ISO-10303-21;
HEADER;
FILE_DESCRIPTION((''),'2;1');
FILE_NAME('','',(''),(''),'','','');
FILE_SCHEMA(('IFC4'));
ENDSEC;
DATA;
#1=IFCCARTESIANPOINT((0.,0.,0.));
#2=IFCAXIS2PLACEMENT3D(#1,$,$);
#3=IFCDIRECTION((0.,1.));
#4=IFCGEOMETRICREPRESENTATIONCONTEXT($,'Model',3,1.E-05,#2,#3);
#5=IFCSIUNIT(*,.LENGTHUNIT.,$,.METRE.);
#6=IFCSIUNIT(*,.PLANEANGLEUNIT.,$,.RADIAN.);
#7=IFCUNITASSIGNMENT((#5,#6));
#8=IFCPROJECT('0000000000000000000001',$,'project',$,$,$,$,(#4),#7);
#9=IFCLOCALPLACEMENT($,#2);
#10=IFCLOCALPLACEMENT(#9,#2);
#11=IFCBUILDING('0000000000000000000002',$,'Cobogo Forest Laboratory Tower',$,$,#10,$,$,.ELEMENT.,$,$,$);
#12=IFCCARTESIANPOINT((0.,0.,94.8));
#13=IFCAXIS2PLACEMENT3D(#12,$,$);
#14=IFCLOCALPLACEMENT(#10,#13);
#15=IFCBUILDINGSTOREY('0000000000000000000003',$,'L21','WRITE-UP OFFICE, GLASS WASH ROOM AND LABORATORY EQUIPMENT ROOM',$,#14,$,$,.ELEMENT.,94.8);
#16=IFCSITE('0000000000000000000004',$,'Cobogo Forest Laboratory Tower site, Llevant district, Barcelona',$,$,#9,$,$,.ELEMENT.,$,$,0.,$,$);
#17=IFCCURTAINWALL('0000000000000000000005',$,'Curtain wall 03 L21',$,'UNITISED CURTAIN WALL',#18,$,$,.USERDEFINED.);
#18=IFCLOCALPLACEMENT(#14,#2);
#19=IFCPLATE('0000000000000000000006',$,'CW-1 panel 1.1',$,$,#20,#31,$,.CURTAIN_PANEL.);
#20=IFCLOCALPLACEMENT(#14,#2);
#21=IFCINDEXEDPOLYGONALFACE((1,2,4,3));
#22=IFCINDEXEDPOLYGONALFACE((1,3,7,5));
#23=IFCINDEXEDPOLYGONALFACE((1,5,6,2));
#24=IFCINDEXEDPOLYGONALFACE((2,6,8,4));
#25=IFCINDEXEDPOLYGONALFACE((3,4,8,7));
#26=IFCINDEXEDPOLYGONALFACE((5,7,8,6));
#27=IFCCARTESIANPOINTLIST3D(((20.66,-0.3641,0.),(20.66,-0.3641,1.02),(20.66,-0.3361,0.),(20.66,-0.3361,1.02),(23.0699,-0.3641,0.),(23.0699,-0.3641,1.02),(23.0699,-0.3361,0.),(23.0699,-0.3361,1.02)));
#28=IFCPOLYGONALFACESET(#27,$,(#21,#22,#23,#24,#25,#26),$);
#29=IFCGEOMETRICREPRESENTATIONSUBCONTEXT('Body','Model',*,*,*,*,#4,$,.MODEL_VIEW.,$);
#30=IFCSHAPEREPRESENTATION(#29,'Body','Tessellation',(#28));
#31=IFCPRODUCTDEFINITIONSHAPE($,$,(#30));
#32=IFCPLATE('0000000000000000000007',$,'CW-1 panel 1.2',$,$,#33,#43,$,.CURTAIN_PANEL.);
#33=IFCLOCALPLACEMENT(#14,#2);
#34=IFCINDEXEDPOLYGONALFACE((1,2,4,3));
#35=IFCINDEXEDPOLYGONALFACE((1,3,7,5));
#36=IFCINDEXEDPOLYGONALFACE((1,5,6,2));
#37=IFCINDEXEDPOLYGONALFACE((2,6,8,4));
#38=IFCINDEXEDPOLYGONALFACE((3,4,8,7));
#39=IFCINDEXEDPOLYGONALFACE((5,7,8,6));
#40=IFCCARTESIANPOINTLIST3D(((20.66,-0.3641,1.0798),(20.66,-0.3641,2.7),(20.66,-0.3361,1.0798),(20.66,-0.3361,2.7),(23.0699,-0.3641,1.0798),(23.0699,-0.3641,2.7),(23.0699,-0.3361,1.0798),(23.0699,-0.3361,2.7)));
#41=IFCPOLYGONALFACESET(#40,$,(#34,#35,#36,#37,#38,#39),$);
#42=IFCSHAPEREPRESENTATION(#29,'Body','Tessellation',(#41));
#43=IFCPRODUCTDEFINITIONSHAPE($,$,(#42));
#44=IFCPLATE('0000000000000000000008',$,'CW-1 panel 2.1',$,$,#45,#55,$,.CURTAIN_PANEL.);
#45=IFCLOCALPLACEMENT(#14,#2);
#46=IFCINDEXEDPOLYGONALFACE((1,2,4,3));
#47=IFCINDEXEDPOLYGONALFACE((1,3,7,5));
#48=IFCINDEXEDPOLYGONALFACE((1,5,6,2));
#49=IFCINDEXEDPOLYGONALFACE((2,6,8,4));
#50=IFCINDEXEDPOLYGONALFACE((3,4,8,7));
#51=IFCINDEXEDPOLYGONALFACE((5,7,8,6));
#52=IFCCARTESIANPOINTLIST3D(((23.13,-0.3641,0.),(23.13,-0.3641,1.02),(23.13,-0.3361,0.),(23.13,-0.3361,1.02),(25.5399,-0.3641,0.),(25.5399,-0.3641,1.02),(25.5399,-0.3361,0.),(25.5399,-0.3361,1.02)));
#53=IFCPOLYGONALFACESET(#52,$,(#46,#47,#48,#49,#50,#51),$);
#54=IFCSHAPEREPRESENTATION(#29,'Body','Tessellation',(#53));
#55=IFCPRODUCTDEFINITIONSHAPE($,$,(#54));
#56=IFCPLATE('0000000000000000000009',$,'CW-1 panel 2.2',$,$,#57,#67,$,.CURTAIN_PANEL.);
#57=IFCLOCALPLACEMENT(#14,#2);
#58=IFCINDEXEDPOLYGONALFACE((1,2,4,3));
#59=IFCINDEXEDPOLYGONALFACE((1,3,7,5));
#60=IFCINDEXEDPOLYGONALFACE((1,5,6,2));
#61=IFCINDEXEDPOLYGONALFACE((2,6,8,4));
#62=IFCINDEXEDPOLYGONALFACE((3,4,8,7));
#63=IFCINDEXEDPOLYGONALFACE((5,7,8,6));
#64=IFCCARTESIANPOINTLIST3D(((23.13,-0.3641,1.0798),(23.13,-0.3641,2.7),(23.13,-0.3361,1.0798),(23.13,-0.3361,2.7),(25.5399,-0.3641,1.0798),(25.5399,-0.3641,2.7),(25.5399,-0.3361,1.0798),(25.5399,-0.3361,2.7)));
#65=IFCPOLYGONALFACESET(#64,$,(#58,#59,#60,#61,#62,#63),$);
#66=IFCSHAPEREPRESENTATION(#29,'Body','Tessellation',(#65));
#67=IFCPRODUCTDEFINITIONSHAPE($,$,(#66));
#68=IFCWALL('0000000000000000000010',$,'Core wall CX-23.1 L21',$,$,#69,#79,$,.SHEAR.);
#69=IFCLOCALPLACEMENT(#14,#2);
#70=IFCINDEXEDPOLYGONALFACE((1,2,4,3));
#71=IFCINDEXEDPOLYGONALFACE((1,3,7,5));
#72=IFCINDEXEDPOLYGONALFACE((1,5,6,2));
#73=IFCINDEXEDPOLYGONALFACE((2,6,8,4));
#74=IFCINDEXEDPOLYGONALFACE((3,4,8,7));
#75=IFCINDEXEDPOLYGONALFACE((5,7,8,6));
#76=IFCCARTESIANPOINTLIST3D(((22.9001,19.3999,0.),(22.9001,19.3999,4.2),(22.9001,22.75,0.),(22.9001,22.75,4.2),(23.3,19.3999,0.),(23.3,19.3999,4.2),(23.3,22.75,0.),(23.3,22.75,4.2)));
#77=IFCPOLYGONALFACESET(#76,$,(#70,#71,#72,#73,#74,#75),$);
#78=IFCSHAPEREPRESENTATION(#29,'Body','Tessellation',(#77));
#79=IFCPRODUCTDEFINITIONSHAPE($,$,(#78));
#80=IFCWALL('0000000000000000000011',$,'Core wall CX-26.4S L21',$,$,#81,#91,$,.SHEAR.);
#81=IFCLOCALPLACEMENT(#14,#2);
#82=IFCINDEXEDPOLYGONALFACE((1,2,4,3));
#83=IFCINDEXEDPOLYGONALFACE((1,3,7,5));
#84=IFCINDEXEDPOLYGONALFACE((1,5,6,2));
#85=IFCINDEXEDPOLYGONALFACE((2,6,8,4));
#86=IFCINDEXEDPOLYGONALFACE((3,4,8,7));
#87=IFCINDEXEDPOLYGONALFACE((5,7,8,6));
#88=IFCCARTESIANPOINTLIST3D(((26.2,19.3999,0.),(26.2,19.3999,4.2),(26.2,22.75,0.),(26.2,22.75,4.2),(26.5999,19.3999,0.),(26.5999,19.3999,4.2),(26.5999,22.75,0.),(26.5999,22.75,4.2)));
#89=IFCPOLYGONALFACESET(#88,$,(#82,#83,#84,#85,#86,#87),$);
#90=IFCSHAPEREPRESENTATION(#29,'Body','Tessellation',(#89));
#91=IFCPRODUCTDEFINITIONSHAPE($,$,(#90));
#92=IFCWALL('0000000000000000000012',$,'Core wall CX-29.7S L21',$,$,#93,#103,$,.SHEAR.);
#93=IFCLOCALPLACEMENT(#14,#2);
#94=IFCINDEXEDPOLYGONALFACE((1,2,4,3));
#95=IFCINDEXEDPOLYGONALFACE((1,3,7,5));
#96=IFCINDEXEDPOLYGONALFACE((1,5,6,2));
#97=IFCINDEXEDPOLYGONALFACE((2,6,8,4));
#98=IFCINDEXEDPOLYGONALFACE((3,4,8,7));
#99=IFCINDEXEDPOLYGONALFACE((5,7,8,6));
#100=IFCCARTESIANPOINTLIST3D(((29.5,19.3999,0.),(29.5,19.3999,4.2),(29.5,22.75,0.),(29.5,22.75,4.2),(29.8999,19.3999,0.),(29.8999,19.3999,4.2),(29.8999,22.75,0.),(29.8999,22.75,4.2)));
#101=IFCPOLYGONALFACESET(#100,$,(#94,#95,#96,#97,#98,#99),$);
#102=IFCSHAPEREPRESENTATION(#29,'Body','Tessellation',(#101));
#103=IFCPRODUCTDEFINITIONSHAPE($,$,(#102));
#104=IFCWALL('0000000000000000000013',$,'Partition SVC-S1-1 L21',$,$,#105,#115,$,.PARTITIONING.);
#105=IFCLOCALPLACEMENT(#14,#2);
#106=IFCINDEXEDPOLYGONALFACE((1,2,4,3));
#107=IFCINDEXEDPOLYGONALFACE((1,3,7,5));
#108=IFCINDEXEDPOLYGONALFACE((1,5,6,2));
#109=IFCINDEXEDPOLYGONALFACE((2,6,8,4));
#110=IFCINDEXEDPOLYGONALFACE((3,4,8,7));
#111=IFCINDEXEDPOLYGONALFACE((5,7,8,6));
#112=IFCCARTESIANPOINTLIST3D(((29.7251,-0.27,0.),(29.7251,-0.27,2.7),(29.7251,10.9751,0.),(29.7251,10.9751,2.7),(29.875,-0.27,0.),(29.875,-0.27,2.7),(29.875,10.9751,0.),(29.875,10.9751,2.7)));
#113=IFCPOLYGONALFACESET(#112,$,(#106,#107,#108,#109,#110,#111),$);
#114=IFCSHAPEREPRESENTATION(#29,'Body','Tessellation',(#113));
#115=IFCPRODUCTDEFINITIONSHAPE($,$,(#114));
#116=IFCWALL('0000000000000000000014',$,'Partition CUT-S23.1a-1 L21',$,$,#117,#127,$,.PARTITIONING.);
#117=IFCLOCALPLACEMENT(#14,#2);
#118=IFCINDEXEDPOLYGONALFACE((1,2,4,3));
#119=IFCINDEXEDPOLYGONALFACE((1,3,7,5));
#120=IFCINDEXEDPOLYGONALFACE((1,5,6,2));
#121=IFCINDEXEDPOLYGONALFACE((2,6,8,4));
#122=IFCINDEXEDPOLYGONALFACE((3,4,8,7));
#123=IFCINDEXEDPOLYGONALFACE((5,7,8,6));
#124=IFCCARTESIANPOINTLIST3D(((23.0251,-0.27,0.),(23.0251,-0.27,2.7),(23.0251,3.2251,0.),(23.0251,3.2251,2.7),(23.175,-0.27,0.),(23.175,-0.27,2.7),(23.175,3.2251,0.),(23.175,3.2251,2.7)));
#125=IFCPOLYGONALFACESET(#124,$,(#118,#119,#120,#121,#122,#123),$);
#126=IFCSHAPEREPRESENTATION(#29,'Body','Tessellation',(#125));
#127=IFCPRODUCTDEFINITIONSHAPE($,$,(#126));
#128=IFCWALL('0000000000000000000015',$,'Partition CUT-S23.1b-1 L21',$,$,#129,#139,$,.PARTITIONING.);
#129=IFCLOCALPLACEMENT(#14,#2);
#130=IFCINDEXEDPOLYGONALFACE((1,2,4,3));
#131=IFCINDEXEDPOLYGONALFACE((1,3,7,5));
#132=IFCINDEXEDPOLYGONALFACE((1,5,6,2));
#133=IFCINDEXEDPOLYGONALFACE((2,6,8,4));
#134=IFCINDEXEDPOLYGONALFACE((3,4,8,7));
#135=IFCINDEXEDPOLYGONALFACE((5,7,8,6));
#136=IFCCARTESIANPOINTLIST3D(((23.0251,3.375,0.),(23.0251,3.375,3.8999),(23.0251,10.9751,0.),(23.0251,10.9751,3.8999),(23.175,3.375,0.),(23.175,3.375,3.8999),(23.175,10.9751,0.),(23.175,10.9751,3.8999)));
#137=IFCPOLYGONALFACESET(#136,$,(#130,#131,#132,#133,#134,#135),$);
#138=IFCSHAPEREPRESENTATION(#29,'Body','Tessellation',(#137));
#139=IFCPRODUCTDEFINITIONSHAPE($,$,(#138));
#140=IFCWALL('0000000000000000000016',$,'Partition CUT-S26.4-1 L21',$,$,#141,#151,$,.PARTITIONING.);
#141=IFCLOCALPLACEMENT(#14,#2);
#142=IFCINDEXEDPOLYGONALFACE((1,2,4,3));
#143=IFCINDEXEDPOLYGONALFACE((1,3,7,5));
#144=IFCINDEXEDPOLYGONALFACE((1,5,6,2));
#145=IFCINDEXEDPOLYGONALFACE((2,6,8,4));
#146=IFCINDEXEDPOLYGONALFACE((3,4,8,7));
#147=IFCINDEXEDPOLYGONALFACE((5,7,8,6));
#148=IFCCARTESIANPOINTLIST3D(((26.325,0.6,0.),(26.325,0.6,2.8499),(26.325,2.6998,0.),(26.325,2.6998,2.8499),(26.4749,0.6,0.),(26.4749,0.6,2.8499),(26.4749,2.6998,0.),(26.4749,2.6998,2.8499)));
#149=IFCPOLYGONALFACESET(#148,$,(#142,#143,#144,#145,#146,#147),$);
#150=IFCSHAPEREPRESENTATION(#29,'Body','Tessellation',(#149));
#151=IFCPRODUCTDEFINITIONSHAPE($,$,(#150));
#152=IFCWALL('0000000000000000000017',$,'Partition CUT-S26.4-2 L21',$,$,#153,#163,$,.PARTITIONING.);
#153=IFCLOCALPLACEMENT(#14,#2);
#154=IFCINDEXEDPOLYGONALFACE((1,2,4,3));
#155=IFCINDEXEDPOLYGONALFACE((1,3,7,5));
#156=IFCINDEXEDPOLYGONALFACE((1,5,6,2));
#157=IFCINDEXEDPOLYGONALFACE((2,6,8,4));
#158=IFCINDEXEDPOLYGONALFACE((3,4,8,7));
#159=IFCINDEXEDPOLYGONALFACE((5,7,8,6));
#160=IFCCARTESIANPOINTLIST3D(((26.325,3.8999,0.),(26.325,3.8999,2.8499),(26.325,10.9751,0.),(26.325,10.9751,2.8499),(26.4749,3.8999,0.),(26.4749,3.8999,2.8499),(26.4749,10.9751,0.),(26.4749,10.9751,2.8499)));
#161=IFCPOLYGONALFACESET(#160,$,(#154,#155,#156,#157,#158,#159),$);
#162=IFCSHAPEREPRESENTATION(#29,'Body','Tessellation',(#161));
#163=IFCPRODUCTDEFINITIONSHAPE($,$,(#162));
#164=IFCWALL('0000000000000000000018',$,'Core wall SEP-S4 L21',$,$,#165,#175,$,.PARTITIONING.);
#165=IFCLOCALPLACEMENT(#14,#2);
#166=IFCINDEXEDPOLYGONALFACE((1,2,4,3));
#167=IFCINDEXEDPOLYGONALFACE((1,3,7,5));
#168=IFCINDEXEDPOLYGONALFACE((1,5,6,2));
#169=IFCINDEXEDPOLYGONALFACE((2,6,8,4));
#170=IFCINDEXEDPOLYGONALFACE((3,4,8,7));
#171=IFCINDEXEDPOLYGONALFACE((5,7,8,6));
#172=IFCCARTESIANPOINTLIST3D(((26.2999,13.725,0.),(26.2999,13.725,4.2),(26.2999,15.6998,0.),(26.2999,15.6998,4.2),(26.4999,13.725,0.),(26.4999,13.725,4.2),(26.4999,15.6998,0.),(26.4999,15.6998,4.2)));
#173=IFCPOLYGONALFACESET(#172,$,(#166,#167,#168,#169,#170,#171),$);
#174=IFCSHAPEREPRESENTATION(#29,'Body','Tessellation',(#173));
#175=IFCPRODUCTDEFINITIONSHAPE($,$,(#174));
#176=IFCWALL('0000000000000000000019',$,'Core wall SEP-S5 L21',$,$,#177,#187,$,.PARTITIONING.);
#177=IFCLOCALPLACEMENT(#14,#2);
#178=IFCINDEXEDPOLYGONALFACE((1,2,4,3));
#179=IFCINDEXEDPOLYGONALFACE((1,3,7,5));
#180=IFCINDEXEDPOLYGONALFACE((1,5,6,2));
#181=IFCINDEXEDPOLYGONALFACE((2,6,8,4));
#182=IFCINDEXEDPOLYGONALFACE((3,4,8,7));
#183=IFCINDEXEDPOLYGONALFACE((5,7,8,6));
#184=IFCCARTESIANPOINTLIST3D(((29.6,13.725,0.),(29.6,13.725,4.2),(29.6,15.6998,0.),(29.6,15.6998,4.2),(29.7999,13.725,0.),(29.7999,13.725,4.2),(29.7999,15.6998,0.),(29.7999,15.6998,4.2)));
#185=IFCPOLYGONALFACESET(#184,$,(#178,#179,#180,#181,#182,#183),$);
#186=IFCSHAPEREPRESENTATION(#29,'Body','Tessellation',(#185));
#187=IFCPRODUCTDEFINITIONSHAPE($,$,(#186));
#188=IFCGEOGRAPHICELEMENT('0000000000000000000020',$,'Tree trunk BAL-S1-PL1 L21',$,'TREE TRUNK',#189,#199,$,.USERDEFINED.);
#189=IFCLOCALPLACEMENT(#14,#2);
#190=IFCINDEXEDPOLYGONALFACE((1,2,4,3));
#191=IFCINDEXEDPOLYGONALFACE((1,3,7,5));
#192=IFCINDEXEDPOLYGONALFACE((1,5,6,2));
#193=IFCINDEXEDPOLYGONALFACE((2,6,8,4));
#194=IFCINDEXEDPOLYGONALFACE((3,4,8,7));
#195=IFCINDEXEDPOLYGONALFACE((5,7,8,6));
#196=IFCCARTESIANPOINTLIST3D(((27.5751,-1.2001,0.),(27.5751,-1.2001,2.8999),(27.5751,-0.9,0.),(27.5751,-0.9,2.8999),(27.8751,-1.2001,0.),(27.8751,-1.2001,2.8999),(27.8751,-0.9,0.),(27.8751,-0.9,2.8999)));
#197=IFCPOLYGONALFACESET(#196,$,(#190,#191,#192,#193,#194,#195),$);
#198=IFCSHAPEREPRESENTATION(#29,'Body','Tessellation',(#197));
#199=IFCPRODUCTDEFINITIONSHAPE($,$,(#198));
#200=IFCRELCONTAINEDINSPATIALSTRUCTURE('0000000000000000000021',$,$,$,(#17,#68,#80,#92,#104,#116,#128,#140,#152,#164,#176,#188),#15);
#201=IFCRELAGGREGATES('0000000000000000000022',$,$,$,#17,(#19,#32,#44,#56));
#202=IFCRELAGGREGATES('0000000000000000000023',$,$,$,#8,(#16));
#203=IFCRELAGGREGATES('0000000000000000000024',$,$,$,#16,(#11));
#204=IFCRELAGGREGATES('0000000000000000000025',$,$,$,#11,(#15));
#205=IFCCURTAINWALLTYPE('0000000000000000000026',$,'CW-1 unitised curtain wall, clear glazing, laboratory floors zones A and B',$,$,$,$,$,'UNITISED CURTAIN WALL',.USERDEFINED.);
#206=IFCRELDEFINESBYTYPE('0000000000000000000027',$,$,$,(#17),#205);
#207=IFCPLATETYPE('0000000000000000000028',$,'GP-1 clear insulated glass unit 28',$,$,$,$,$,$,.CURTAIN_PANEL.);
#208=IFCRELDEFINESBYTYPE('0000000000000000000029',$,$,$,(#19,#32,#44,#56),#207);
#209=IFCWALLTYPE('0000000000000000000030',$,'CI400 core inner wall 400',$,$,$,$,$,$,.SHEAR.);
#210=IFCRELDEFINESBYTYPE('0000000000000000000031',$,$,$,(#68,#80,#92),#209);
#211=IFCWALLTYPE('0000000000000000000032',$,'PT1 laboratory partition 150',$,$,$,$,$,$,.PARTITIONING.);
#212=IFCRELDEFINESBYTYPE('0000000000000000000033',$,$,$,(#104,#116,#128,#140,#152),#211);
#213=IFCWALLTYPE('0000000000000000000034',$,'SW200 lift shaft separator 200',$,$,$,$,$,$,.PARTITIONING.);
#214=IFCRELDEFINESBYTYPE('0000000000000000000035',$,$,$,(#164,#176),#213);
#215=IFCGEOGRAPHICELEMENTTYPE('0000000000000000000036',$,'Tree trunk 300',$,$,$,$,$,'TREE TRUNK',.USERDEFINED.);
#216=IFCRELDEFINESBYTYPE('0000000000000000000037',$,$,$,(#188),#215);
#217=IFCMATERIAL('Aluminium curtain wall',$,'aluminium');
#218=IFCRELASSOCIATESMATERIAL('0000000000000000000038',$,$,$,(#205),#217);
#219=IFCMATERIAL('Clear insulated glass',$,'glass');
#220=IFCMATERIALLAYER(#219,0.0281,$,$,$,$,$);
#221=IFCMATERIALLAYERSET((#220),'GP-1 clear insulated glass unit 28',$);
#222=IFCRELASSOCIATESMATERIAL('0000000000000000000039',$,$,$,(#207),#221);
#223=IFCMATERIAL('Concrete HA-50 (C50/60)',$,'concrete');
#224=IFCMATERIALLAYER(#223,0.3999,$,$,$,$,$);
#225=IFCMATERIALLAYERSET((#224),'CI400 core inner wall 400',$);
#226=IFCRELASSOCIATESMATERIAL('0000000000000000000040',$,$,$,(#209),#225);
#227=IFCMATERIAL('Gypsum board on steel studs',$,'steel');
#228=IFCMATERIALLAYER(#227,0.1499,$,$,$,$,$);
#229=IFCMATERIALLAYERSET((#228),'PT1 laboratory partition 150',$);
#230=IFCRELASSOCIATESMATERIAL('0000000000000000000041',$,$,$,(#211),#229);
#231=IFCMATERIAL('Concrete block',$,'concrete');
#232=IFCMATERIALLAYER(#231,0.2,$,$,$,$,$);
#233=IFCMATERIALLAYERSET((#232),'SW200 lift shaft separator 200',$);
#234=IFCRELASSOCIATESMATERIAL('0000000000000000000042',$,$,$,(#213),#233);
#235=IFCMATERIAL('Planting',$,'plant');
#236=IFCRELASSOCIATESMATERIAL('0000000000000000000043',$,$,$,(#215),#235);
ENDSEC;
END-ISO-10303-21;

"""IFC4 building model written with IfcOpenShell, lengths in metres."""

from ifc_helpers import new_model, si_unit, direction, frame, frame_2d, origin, origin_2d, place, context, subcontext, project, spatial, rectangle, extrude, material, layer, layer_set, type_object, element, aggregate, save


model = new_model("IFC4")

# Units and contexts
model_context = context("Model", 3, precision=1e-05, world=origin(), true_north=direction((0.0, 1.0)))
body_context = subcontext(model_context, "Body", "Model", "MODEL_VIEW")
ifc_project = project(units=[si_unit("LENGTHUNIT", "METRE"), si_unit("PLANEANGLEUNIT", "RADIAN")], contexts=[model_context])

# Site, building, storey
site_placement = place(None, origin())
site = spatial("IfcSite", under=ifc_project, at=site_placement, Name="Cobogo Forest Laboratory Tower site, Llevant district, Barcelona", CompositionType="ELEMENT", RefElevation=0.0)
building_placement = place(site_placement, origin())
building = spatial("IfcBuilding", under=site, at=building_placement, Name="Cobogo Forest Laboratory Tower", CompositionType="ELEMENT")
storey_placement = place(building_placement, frame((0.0, 0.0, 94.8)))
storey = spatial("IfcBuildingStorey", under=building, at=storey_placement, Name="L21", Description="WRITE-UP OFFICE, GLASS WASH ROOM AND LABORATORY EQUIPMENT ROOM", CompositionType="ELEMENT", Elevation=94.8)

# Shared definitions
ifc_material_1 = material(Name="Concrete HA-50 (C50/60)", Category="concrete")

# Curtain wall
ifc_material_2 = material(Name="Aluminium curtain wall", Category="aluminium")
curtain_wall_type = type_object("IfcCurtainWallType", Name="CW-1 unitised curtain wall, clear glazing, laboratory floors zones A and B", ElementType="UNITISED CURTAIN WALL", PredefinedType="USERDEFINED", material=ifc_material_2)
curtain_wall_placement = place(storey_placement, origin())
curtain_wall = element("IfcCurtainWall", 1, at=curtain_wall_placement, inside=storey, type_object=curtain_wall_type, Name="Curtain wall 03 L21", ObjectType="UNITISED CURTAIN WALL", PredefinedType="USERDEFINED")

# Plates
ifc_material_3 = material(Name="Clear insulated glass", Category="glass")
ifc_layer_1 = layer(ifc_material_3, 0.0281)
ifc_layer_set_1 = layer_set([ifc_layer_1], Name="GP-1 clear insulated glass unit 28")
plate_type = type_object("IfcPlateType", Name="GP-1 clear insulated glass unit 28", PredefinedType="CURTAIN_PANEL", material=ifc_layer_set_1)
plate_1_placement = place(storey_placement, frame((21.865, -0.3501, 0.0), z_axis=(0.0, 0.0, 1.0), x_axis=(1.0, 0.0, 0.0)))
plate_1 = element("IfcPlate", 2, at=plate_1_placement, type_object=plate_type, Name="CW-1 panel 1.1", PredefinedType="CURTAIN_PANEL", context=body_context, shape_type="SweptSolid", body=[
    extrude(rectangle(XDim=2.4099, YDim=0.0281, at=origin_2d()), origin(), (0.0, 0.0, 1.0), 1.02),
])
plate_2_placement = place(storey_placement, frame((21.865, -0.3501, 1.0798), z_axis=(0.0, 0.0, 1.0), x_axis=(1.0, 0.0, 0.0)))
plate_2 = element("IfcPlate", 3, at=plate_2_placement, type_object=plate_type, Name="CW-1 panel 1.2", PredefinedType="CURTAIN_PANEL", context=body_context, shape_type="SweptSolid", body=[
    extrude(rectangle(XDim=2.4099, YDim=0.0281, at=origin_2d()), origin(), (0.0, 0.0, 1.0), 1.6201),
])
plate_3_placement = place(storey_placement, frame((24.335, -0.3501, 0.0), z_axis=(0.0, 0.0, 1.0), x_axis=(1.0, 0.0, 0.0)))
plate_3 = element("IfcPlate", 4, at=plate_3_placement, type_object=plate_type, Name="CW-1 panel 2.1", PredefinedType="CURTAIN_PANEL", context=body_context, shape_type="SweptSolid", body=[
    extrude(rectangle(XDim=2.4099, YDim=0.0281, at=origin_2d()), origin(), (0.0, 0.0, 1.0), 1.02),
])
plate_4_placement = place(storey_placement, frame((24.335, -0.3501, 1.0798), z_axis=(0.0, 0.0, 1.0), x_axis=(1.0, 0.0, 0.0)))
plate_4 = element("IfcPlate", 5, at=plate_4_placement, type_object=plate_type, Name="CW-1 panel 2.2", PredefinedType="CURTAIN_PANEL", context=body_context, shape_type="SweptSolid", body=[
    extrude(rectangle(XDim=2.4099, YDim=0.0281, at=origin_2d()), origin(), (0.0, 0.0, 1.0), 1.6201),
])
aggregate(curtain_wall, [plate_1, plate_2, plate_3, plate_4])

# Walls
ifc_layer_2 = layer(ifc_material_1, 0.3999)
ifc_layer_set_2 = layer_set([ifc_layer_2], Name="CI400 core inner wall 400")
wall_type_1 = type_object("IfcWallType", Name="CI400 core inner wall 400", PredefinedType="SHEAR", material=ifc_layer_set_2)
for number, where, z_axis, x_axis, name in (
    (6, (23.1001, 19.3999, 0.0), (0.0, 0.0, 1.0), (0.0, 1.0, 0.0), "Core wall CX-23.1 L21"),
    (7, (26.3999, 19.3999, 0.0), (0.0, 0.0, 1.0), (0.0, 1.0, 0.0), "Core wall CX-26.4S L21"),
    (8, (29.7, 19.3999, 0.0), (0.0, 0.0, 1.0), (0.0, 1.0, 0.0), "Core wall CX-29.7S L21"),
):
    element("IfcWall", number, at=place(storey_placement, frame(where, z_axis=z_axis, x_axis=x_axis)), inside=storey, type_object=wall_type_1, Name=name, PredefinedType="SHEAR", context=body_context, shape_type="SweptSolid", body=[
        extrude(rectangle(XDim=3.3501, YDim=0.3999, at=frame_2d((1.675, 0.0))), origin(), (0.0, 0.0, 1.0), 4.2),
    ])

# Walls
ifc_material_4 = material(Name="Gypsum board on steel studs", Category="steel")
ifc_layer_3 = layer(ifc_material_4, 0.1499)
ifc_layer_set_3 = layer_set([ifc_layer_3], Name="PT1 laboratory partition 150")
wall_type_2 = type_object("IfcWallType", Name="PT1 laboratory partition 150", PredefinedType="PARTITIONING", material=ifc_layer_set_3)
wall_1_placement = place(storey_placement, frame((29.8, -0.27, 0.0), z_axis=(0.0, 0.0, 1.0), x_axis=(0.0, 1.0, 0.0)))
element("IfcWall", 9, at=wall_1_placement, inside=storey, type_object=wall_type_2, Name="Partition SVC-S1-1 L21", PredefinedType="PARTITIONING", context=body_context, shape_type="SweptSolid", body=[
    extrude(rectangle(XDim=11.2451, YDim=0.1499, at=frame_2d((5.6226, 0.0))), origin(), (0.0, 0.0, 1.0), 2.7),
])
wall_2_placement = place(storey_placement, frame((23.1001, -0.27, 0.0), z_axis=(0.0, 0.0, 1.0), x_axis=(0.0, 1.0, 0.0)))
element("IfcWall", 10, at=wall_2_placement, inside=storey, type_object=wall_type_2, Name="Partition CUT-S23.1a-1 L21", PredefinedType="PARTITIONING", context=body_context, shape_type="SweptSolid", body=[
    extrude(rectangle(XDim=3.4951, YDim=0.1499, at=frame_2d((1.7476, 0.0))), origin(), (0.0, 0.0, 1.0), 2.7),
])
wall_3_placement = place(storey_placement, frame((23.1001, 3.375, 0.0), z_axis=(0.0, 0.0, 1.0), x_axis=(0.0, 1.0, 0.0)))
element("IfcWall", 11, at=wall_3_placement, inside=storey, type_object=wall_type_2, Name="Partition CUT-S23.1b-1 L21", PredefinedType="PARTITIONING", context=body_context, shape_type="SweptSolid", body=[
    extrude(rectangle(XDim=7.6001, YDim=0.1499, at=frame_2d((3.8, 0.0))), origin(), (0.0, 0.0, 1.0), 3.8999),
])
wall_4_placement = place(storey_placement, frame((26.3999, 0.6001, 0.0), z_axis=(0.0, 0.0, 1.0), x_axis=(0.0, 1.0, 0.0)))
element("IfcWall", 12, at=wall_4_placement, inside=storey, type_object=wall_type_2, Name="Partition CUT-S26.4-1 L21", PredefinedType="PARTITIONING", context=body_context, shape_type="SweptSolid", body=[
    extrude(rectangle(XDim=2.0999, YDim=0.1499, at=frame_2d((1.0498, 0.0))), origin(), (0.0, 0.0, 1.0), 2.8499),
])
wall_5_placement = place(storey_placement, frame((26.3999, 3.8999, 0.0), z_axis=(0.0, 0.0, 1.0), x_axis=(0.0, 1.0, 0.0)))
element("IfcWall", 13, at=wall_5_placement, inside=storey, type_object=wall_type_2, Name="Partition CUT-S26.4-2 L21", PredefinedType="PARTITIONING", context=body_context, shape_type="SweptSolid", body=[
    extrude(rectangle(XDim=7.0752, YDim=0.1499, at=frame_2d((3.5376, 0.0))), origin(), (0.0, 0.0, 1.0), 2.8499),
])
ifc_material_5 = material(Name="Concrete block", Category="concrete")
ifc_layer_4 = layer(ifc_material_5, 0.2)
ifc_layer_set_4 = layer_set([ifc_layer_4], Name="SW200 lift shaft separator 200")
wall_type_3 = type_object("IfcWallType", Name="SW200 lift shaft separator 200", PredefinedType="PARTITIONING", material=ifc_layer_set_4)
for number, where, z_axis, x_axis, name in (
    (14, (26.3999, 13.7251, 0.0), (0.0, 0.0, 1.0), (0.0, 1.0, 0.0), "Core wall SEP-S4 L21"),
    (15, (29.7, 13.7251, 0.0), (0.0, 0.0, 1.0), (0.0, 1.0, 0.0), "Core wall SEP-S5 L21"),
):
    element("IfcWall", number, at=place(storey_placement, frame(where, z_axis=z_axis, x_axis=x_axis)), inside=storey, type_object=wall_type_3, Name=name, PredefinedType="PARTITIONING", context=body_context, shape_type="SweptSolid", body=[
        extrude(rectangle(XDim=1.9749, YDim=0.2, at=frame_2d((0.9873, 0.0))), origin(), (0.0, 0.0, 1.0), 4.2),
    ])

# Geographic element
ifc_material_6 = material(Name="Planting", Category="plant")
geographic_element_type = type_object("IfcGeographicElementType", Name="Tree trunk 300", ElementType="TREE TRUNK", PredefinedType="USERDEFINED", material=ifc_material_6)
geographic_element_placement = place(storey_placement, frame((27.7251, -1.05, 0.0), z_axis=(0.0, 0.0, 1.0), x_axis=(1.0, 0.0, 0.0)))
element("IfcGeographicElement", 16, at=geographic_element_placement, inside=storey, type_object=geographic_element_type, Name="Tree trunk BAL-S1-PL1 L21", ObjectType="TREE TRUNK", PredefinedType="USERDEFINED", context=body_context, shape_type="SweptSolid", body=[
    extrude(rectangle(XDim=0.3, YDim=0.3, at=origin_2d()), origin(), (0.0, 0.0, 1.0), 2.8999),
])

save(model, "model.ifc")
